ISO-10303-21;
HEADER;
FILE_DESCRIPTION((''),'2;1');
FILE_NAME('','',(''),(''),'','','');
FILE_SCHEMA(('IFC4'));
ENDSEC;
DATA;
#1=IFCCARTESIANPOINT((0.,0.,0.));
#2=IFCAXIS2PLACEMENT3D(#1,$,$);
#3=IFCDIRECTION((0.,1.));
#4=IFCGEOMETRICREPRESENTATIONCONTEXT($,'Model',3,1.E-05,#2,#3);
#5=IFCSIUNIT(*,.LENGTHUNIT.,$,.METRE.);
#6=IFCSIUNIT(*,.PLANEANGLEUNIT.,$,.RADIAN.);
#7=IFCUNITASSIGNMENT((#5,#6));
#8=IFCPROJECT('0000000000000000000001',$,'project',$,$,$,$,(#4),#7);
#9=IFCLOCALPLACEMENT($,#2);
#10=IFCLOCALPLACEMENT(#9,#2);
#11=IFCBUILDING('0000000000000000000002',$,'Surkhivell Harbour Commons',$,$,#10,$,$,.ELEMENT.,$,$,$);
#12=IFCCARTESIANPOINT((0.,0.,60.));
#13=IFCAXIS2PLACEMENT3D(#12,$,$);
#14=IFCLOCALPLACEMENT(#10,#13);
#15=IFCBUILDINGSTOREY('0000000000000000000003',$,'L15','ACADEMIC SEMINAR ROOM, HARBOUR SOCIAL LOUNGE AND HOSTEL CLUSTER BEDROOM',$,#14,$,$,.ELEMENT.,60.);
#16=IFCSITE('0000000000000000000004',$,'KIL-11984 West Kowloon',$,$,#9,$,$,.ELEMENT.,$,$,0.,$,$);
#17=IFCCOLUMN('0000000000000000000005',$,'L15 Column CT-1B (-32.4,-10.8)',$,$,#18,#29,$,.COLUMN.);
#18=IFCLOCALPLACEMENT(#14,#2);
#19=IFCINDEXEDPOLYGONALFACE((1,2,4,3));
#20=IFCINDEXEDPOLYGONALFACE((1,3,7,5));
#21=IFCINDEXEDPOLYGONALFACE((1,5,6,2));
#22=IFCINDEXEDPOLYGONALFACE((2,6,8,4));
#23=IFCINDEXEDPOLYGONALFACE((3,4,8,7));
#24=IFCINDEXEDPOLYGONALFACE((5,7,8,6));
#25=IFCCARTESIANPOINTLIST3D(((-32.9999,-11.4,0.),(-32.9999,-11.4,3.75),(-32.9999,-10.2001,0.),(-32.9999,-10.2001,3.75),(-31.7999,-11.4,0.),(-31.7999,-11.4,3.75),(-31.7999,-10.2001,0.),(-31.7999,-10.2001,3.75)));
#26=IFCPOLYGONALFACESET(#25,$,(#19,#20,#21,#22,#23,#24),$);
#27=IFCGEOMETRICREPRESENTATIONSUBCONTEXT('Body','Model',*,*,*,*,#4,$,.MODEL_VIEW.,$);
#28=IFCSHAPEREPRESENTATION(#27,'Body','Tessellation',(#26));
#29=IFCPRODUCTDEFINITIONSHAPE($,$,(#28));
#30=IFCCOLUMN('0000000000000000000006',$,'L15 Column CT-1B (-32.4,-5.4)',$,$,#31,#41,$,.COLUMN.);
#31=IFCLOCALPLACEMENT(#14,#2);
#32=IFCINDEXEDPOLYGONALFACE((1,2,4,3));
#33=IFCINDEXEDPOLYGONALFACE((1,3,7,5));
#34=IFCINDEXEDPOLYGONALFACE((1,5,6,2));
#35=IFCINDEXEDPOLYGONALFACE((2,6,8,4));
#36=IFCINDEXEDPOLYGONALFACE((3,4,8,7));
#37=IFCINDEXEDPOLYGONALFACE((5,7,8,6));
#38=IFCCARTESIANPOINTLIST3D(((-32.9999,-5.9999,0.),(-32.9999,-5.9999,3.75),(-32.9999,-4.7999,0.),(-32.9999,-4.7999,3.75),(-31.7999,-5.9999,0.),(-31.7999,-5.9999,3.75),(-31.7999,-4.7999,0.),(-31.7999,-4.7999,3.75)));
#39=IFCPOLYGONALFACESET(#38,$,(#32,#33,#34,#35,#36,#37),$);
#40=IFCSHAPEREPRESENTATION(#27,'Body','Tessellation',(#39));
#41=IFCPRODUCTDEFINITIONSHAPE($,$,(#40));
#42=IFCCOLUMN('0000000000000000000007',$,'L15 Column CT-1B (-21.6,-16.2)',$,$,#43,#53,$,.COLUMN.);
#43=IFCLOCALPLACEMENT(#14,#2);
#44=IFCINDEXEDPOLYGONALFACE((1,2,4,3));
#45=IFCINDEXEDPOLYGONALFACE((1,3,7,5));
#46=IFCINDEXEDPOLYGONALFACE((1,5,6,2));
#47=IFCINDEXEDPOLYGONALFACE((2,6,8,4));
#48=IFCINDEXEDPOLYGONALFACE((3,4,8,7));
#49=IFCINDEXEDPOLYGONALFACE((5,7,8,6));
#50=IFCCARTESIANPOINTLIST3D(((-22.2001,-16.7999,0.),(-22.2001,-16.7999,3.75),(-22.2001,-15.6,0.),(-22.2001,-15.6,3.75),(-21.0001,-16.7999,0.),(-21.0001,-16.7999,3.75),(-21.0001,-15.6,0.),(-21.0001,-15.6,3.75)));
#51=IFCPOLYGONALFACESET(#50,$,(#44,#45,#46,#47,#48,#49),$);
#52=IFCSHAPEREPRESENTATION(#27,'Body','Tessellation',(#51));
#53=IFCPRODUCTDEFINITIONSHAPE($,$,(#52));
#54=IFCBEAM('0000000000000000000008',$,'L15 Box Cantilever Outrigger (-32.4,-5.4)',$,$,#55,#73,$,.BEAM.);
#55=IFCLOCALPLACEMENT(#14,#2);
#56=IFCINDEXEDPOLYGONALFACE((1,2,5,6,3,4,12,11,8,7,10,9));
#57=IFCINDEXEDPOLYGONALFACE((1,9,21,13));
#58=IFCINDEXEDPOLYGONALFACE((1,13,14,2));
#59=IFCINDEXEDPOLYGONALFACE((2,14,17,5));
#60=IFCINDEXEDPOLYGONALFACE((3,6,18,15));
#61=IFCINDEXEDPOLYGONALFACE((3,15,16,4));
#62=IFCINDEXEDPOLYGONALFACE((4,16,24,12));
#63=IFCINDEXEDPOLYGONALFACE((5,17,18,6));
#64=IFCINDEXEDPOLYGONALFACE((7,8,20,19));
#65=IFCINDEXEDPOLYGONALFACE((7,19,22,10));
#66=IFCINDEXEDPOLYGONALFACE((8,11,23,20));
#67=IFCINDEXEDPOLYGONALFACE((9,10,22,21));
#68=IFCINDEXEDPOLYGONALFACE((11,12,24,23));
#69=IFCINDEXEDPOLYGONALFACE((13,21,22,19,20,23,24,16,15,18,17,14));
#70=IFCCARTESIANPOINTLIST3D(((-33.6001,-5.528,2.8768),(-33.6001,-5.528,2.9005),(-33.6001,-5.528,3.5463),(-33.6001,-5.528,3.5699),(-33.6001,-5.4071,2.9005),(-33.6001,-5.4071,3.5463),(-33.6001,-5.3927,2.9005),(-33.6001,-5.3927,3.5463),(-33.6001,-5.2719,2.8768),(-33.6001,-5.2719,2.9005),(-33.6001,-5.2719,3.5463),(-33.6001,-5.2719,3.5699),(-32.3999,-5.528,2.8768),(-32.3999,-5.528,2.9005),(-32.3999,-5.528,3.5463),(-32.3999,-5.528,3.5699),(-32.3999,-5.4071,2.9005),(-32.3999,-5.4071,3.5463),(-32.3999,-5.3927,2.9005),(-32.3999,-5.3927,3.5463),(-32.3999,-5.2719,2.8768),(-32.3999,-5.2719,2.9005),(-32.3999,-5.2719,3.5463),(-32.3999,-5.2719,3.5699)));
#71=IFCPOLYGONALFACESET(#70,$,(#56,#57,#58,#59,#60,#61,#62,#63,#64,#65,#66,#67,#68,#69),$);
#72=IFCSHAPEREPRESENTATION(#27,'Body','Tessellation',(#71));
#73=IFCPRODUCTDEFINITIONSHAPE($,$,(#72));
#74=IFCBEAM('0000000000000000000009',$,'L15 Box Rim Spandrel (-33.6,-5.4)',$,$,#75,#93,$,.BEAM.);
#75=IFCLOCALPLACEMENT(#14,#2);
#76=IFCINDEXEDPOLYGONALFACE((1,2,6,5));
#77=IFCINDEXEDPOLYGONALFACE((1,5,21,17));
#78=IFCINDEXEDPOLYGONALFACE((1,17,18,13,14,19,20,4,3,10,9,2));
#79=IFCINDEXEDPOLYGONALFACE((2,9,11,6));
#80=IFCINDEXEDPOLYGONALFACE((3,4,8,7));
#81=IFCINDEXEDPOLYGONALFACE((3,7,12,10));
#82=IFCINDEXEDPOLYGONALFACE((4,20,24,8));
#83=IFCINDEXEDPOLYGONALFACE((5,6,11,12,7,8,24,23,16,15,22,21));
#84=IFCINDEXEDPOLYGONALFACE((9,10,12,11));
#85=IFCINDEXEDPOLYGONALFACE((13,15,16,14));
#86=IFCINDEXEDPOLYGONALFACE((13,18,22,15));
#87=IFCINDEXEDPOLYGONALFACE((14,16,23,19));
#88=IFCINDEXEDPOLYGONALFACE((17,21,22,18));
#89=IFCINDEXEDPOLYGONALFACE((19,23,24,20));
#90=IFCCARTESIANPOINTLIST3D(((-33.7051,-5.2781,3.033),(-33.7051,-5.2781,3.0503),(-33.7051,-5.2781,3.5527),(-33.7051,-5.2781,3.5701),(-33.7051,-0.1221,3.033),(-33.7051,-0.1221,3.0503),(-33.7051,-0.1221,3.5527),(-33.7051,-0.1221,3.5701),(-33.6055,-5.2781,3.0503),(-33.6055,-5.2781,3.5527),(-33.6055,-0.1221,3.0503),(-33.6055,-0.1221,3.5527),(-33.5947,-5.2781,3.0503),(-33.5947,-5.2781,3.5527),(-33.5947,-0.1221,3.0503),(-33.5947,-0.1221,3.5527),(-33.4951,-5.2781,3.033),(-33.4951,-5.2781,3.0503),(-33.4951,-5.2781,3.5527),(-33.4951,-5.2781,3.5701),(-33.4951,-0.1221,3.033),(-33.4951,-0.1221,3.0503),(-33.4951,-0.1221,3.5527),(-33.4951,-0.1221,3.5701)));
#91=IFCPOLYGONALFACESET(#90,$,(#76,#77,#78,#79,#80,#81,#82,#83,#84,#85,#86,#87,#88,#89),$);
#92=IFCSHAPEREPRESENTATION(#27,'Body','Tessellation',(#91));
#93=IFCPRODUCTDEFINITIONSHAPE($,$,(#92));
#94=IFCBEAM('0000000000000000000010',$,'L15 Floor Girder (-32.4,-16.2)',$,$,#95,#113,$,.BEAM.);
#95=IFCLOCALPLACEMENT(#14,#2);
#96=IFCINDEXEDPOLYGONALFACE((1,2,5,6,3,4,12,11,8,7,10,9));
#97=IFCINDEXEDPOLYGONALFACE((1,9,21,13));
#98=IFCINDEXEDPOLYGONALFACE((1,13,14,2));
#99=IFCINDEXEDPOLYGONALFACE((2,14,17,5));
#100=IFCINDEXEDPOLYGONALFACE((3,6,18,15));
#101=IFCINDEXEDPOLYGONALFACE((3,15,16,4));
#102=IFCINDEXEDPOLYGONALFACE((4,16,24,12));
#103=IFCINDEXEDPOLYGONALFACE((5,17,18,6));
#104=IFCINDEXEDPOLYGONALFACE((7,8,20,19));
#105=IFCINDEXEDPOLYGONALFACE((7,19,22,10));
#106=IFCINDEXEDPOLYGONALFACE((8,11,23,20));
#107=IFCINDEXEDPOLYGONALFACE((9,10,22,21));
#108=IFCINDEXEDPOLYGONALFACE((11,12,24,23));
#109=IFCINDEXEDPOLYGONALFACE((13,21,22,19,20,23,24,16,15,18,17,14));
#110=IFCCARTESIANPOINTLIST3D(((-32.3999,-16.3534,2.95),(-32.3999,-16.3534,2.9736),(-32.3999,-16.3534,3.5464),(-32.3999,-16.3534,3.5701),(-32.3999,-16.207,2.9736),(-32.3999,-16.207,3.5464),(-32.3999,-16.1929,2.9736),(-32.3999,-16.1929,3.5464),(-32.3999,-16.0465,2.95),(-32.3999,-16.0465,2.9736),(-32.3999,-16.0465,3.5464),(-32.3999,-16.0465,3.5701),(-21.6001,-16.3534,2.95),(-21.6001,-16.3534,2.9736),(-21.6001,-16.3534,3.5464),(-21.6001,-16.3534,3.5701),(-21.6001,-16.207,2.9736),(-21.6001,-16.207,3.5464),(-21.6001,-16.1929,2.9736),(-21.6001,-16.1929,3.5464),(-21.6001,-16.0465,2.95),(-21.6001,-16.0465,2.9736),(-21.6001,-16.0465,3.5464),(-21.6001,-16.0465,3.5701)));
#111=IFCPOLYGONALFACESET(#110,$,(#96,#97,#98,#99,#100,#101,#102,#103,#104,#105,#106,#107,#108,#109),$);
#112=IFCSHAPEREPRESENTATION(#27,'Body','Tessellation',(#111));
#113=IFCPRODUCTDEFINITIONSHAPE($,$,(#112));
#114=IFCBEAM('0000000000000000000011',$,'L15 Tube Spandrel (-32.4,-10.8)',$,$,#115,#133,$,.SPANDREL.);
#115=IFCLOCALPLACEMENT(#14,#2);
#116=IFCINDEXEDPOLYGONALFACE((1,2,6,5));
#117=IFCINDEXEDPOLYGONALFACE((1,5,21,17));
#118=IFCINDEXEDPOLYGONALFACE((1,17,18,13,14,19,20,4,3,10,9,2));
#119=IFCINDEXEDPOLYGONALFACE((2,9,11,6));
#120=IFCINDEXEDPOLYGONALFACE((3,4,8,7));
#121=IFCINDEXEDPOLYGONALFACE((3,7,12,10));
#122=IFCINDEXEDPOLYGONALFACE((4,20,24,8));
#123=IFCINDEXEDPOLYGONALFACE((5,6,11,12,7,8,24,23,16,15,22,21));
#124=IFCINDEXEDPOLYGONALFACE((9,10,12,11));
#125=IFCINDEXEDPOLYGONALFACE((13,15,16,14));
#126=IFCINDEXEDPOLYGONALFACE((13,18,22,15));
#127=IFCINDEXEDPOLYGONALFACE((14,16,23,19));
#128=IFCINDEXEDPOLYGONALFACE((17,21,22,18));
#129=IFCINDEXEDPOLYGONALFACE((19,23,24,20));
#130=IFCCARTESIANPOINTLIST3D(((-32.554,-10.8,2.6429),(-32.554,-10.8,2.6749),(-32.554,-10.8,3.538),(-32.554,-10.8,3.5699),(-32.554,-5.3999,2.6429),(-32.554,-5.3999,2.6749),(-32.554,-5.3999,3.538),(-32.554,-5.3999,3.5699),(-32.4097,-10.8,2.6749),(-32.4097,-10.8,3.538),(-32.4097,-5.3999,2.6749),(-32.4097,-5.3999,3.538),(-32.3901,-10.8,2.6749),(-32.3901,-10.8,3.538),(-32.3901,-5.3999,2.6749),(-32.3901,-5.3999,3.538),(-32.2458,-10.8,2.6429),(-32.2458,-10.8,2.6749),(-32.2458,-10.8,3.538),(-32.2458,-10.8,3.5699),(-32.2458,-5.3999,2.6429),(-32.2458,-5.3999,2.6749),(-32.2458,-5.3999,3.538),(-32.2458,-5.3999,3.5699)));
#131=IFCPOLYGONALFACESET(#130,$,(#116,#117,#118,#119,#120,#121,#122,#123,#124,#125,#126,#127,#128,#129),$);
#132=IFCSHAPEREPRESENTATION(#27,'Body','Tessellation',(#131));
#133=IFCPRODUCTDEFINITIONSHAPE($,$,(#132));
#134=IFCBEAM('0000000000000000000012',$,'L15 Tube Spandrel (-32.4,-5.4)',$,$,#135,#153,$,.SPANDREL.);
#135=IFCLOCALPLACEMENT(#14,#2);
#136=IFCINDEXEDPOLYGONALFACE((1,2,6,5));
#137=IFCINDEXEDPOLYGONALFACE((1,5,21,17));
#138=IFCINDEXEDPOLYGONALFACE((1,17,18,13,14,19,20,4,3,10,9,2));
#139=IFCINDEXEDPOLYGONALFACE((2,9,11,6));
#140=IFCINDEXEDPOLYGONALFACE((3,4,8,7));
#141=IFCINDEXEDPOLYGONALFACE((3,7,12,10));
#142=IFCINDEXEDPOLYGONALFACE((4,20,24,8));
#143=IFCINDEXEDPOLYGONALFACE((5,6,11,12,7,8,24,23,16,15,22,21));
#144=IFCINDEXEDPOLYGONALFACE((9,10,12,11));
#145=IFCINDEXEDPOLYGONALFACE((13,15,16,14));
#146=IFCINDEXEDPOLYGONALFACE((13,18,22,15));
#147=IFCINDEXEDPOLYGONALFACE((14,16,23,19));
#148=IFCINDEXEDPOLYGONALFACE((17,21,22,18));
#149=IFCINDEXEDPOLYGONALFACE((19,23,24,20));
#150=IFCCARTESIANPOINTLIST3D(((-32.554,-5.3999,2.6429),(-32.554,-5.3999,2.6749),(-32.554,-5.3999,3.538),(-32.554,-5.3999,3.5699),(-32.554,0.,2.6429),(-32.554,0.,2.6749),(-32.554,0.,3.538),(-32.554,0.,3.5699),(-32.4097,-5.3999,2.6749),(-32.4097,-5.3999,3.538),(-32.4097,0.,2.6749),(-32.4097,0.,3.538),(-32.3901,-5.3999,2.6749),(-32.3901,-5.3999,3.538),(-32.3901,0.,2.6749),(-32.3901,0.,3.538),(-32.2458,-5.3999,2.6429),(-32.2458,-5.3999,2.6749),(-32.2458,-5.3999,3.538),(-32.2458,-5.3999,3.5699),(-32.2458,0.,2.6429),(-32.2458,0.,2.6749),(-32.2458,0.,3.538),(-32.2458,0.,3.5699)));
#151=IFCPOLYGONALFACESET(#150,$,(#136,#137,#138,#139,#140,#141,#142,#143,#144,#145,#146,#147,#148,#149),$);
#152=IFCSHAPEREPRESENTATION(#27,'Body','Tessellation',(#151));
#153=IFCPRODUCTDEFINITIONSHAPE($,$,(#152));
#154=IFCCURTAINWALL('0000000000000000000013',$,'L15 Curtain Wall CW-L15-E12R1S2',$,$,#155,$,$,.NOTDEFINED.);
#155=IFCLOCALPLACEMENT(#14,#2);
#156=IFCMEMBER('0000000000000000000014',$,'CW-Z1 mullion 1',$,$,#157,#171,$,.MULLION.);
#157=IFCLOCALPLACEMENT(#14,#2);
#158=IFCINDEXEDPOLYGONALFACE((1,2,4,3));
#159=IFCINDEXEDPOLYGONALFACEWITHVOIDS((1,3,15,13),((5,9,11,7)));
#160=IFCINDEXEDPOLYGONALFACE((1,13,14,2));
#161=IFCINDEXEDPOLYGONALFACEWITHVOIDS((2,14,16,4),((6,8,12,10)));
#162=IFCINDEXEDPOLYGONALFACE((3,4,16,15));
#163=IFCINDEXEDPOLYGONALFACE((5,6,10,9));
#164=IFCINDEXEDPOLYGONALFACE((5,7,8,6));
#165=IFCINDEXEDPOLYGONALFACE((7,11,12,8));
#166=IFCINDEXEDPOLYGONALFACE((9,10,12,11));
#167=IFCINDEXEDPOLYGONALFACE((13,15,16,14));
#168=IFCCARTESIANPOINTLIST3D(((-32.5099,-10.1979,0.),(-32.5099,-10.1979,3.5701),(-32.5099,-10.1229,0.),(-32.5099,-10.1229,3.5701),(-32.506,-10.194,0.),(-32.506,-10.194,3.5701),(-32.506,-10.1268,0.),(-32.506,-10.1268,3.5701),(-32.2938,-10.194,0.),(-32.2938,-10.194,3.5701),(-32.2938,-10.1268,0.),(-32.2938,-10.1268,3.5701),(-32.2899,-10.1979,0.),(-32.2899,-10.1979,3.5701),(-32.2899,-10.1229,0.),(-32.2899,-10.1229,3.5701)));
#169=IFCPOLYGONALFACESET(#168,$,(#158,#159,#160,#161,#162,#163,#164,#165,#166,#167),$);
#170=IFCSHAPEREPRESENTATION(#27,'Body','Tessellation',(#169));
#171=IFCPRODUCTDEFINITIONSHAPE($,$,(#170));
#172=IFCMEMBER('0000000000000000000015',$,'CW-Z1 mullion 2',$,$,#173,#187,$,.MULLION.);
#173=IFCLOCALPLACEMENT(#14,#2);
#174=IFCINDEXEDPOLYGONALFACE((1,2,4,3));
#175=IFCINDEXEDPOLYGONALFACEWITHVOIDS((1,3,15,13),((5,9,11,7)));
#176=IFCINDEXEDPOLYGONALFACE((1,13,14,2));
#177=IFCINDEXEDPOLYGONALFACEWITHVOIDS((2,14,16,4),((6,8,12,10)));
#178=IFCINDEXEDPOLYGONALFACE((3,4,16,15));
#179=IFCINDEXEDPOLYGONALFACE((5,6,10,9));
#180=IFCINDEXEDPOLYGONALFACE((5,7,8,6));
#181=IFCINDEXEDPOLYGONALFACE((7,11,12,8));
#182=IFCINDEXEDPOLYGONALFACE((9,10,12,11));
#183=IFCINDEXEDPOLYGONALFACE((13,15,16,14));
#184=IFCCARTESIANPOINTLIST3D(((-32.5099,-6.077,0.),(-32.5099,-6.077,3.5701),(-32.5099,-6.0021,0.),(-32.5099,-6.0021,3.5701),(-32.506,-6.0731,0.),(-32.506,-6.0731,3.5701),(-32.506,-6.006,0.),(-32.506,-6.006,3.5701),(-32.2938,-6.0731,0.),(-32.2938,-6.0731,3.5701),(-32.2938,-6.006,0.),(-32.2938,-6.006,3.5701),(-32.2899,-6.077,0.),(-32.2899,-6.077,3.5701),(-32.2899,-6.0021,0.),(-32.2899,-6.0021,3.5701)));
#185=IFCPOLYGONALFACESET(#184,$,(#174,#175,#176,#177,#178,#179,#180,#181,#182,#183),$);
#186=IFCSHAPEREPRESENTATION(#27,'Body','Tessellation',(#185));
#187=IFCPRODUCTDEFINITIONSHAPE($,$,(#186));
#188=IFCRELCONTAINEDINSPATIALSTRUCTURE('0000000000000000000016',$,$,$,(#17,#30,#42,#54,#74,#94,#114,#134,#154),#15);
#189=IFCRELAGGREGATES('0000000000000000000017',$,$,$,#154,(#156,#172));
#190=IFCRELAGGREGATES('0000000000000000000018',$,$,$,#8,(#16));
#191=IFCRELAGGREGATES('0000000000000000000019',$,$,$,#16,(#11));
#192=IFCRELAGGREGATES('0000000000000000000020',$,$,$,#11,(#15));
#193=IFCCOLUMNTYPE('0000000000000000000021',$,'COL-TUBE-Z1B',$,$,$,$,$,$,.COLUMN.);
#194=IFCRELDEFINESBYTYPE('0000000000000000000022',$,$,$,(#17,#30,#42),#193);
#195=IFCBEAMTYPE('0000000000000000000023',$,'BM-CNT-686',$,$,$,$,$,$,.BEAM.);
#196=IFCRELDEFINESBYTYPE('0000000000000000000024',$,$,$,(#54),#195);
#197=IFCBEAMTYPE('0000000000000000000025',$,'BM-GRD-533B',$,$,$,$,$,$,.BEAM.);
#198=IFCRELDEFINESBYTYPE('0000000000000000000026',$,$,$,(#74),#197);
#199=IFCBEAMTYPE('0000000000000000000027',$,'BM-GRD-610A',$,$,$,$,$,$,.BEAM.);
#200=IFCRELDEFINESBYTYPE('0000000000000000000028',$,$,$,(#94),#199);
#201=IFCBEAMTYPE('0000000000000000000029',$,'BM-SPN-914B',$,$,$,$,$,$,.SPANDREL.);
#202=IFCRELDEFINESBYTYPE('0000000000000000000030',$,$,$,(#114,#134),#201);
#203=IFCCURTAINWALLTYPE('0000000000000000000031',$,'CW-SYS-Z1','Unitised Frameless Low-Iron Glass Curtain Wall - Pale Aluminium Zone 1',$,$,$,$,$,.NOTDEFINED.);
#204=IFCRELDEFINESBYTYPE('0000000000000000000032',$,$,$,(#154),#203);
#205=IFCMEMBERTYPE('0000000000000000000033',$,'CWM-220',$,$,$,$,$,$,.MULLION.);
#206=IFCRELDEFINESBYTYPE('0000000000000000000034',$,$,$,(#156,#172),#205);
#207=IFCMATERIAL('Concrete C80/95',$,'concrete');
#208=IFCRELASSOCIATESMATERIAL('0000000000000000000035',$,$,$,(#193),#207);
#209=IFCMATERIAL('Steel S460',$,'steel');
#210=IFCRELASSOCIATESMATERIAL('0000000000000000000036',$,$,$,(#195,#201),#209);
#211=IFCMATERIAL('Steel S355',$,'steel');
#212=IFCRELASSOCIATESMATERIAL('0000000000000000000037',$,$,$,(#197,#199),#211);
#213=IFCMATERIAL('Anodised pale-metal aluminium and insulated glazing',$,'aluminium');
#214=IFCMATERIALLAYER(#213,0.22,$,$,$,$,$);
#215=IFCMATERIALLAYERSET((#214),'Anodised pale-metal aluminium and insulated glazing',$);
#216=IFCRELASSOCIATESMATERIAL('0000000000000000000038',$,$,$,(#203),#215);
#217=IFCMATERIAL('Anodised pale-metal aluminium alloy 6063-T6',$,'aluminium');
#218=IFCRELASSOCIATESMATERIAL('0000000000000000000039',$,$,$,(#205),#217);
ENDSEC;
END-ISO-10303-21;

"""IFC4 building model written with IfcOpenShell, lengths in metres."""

from ifc_helpers import new_model, si_unit, direction, frame, origin, origin_2d, place, context, subcontext, project, spatial, rectangle, hollow_rectangle, i_section, extrude, material, layer, layer_set, material_profile, profile_set, type_object, element, aggregate, save


model = new_model("IFC4")

# Units and contexts
model_context = context("Model", 3, precision=1e-05, world=origin(), true_north=direction((0.0, 1.0)))
body_context = subcontext(model_context, "Body", "Model", "MODEL_VIEW")
ifc_project = project(units=[si_unit("LENGTHUNIT", "METRE"), si_unit("PLANEANGLEUNIT", "RADIAN")], contexts=[model_context])

# Site, building, storey
site_placement = place(None, origin())
site = spatial("IfcSite", under=ifc_project, at=site_placement, Name="KIL-11984 West Kowloon", CompositionType="ELEMENT", RefElevation=0.0)
building_placement = place(site_placement, origin())
building = spatial("IfcBuilding", under=site, at=building_placement, Name="Surkhivell Harbour Commons", CompositionType="ELEMENT")
storey_placement = place(building_placement, frame((0.0, 0.0, 60.0)))
storey = spatial("IfcBuildingStorey", under=building, at=storey_placement, Name="L15", Description="ACADEMIC SEMINAR ROOM, HARBOUR SOCIAL LOUNGE AND HOSTEL CLUSTER BEDROOM", CompositionType="ELEMENT", Elevation=60.0)

# Columns
ifc_material_1 = material(Name="Concrete C80/95", Category="concrete")
ifc_material_profile_1 = material_profile(ifc_material_1, rectangle(XDim=1.2, YDim=1.2, at=origin_2d()), Name="RC-COL-1200x1200")
ifc_profile_set_1 = profile_set([ifc_material_profile_1], Name="Concrete C80/95")
column_type = type_object("IfcColumnType", Name="COL-TUBE-Z1B", PredefinedType="COLUMN", material=ifc_profile_set_1)
for number, where, z_axis, x_axis, name in (
    (1, (-32.3999, -10.8, 0.0), (0.0, 0.0, 1.0), (1.0, 0.0, 0.0), "L15 Column CT-1B (-32.4,-10.8)"),
    (2, (-32.3999, -5.3999, 0.0), (0.0, 0.0, 1.0), (1.0, 0.0, 0.0), "L15 Column CT-1B (-32.4,-5.4)"),
    (3, (-21.6001, -16.2, 0.0), (0.0, 0.0, 1.0), (1.0, 0.0, 0.0), "L15 Column CT-1B (-21.6,-16.2)"),
):
    element("IfcColumn", number, at=place(storey_placement, frame(where, z_axis=z_axis, x_axis=x_axis)), inside=storey, type_object=column_type, Name=name, PredefinedType="COLUMN", context=body_context, shape_type="SweptSolid", body=[
        extrude(rectangle(XDim=1.2, YDim=1.2, at=origin_2d()), origin(), (0.0, 0.0, 1.0), 3.75),
    ])

# Beams
ifc_material_2 = material(Name="Steel S460", Category="steel")
ifc_material_profile_2 = material_profile(ifc_material_2, i_section(OverallWidth=0.2561, OverallDepth=0.6931, WebThickness=0.0144, FlangeThickness=0.0237, at=origin_2d()), Name="UB686x254x170")
ifc_profile_set_2 = profile_set([ifc_material_profile_2], Name="Steel S460")
beam_type_1 = type_object("IfcBeamType", Name="BM-CNT-686", PredefinedType="BEAM", material=ifc_profile_set_2)
beam_1_placement = place(storey_placement, frame((-32.3999, -5.3999, 3.2234), z_axis=(-1.0, 0.0, 0.0), x_axis=(0.0, -1.0, 0.0)))
element("IfcBeam", 4, at=beam_1_placement, inside=storey, type_object=beam_type_1, Name="L15 Box Cantilever Outrigger (-32.4,-5.4)", PredefinedType="BEAM", context=body_context, shape_type="SweptSolid", body=[
    extrude(i_section(OverallWidth=0.2561, OverallDepth=0.6931, WebThickness=0.0144, FlangeThickness=0.0237, at=origin_2d()), origin(), (0.0, 0.0, 1.0), 1.2002),
])
ifc_material_3 = material(Name="Steel S355", Category="steel")
ifc_material_profile_3 = material_profile(ifc_material_3, i_section(OverallWidth=0.21, OverallDepth=0.5371, WebThickness=0.0107, FlangeThickness=0.0173, at=origin_2d()), Name="UB533x210x101")
ifc_profile_set_3 = profile_set([ifc_material_profile_3], Name="Steel S355")
beam_type_2 = type_object("IfcBeamType", Name="BM-GRD-533B", PredefinedType="BEAM", material=ifc_profile_set_3)
beam_2_placement = place(storey_placement, frame((-33.6001, -5.2781, 3.3015), z_axis=(0.0, 1.0, 0.0), x_axis=(-1.0, 0.0, 0.0)))
element("IfcBeam", 5, at=beam_2_placement, inside=storey, type_object=beam_type_2, Name="L15 Box Rim Spandrel (-33.6,-5.4)", PredefinedType="BEAM", context=body_context, shape_type="SweptSolid", body=[
    extrude(i_section(OverallWidth=0.21, OverallDepth=0.5371, WebThickness=0.0107, FlangeThickness=0.0173, at=origin_2d()), origin(), (0.0, 0.0, 1.0), 5.156),
])
ifc_material_profile_4 = material_profile(ifc_material_3, i_section(OverallWidth=0.3069, OverallDepth=0.6201, WebThickness=0.0142, FlangeThickness=0.0237, at=origin_2d()), Name="UB610x305x179")
ifc_profile_set_4 = profile_set([ifc_material_profile_4], Name="Steel S355")
beam_type_3 = type_object("IfcBeamType", Name="BM-GRD-610A", PredefinedType="BEAM", material=ifc_profile_set_4)
beam_3_placement = place(storey_placement, frame((-32.3999, -16.2, 3.26), z_axis=(1.0, 0.0, 0.0), x_axis=(0.0, 1.0, 0.0)))
element("IfcBeam", 6, at=beam_3_placement, inside=storey, type_object=beam_type_3, Name="L15 Floor Girder (-32.4,-16.2)", PredefinedType="BEAM", context=body_context, shape_type="SweptSolid", body=[
    extrude(i_section(OverallWidth=0.3069, OverallDepth=0.6201, WebThickness=0.0142, FlangeThickness=0.0237, at=origin_2d()), origin(), (0.0, 0.0, 1.0), 10.7998),
])
ifc_material_profile_5 = material_profile(ifc_material_2, i_section(OverallWidth=0.3081, OverallDepth=0.927, WebThickness=0.0195, FlangeThickness=0.032, at=origin_2d()), Name="UB914x305x289")
ifc_profile_set_5 = profile_set([ifc_material_profile_5], Name="Steel S460")
beam_type_4 = type_object("IfcBeamType", Name="BM-SPN-914B", PredefinedType="SPANDREL", material=ifc_profile_set_5)
beam_4_placement = place(storey_placement, frame((-32.3999, -10.8, 3.1064), z_axis=(0.0, 1.0, 0.0), x_axis=(-1.0, 0.0, 0.0)))
element("IfcBeam", 7, at=beam_4_placement, inside=storey, type_object=beam_type_4, Name="L15 Tube Spandrel (-32.4,-10.8)", PredefinedType="SPANDREL", context=body_context, shape_type="SweptSolid", body=[
    extrude(i_section(OverallWidth=0.3081, OverallDepth=0.927, WebThickness=0.0195, FlangeThickness=0.032, at=origin_2d()), origin(), (0.0, 0.0, 1.0), 5.4001),
])
beam_5_placement = place(storey_placement, frame((-32.3999, -5.3999, 3.1064), z_axis=(0.0, 1.0, 0.0), x_axis=(-1.0, 0.0, 0.0)))
element("IfcBeam", 8, at=beam_5_placement, inside=storey, type_object=beam_type_4, Name="L15 Tube Spandrel (-32.4,-5.4)", PredefinedType="SPANDREL", context=body_context, shape_type="SweptSolid", body=[
    extrude(i_section(OverallWidth=0.3081, OverallDepth=0.927, WebThickness=0.0195, FlangeThickness=0.032, at=origin_2d()), origin(), (0.0, 0.0, 1.0), 5.3999),
])

# Curtain wall, members
ifc_material_4 = material(Name="Anodised pale-metal aluminium and insulated glazing", Category="aluminium")
ifc_layer_1 = layer(ifc_material_4, 0.22)
ifc_layer_set_1 = layer_set([ifc_layer_1], Name="Anodised pale-metal aluminium and insulated glazing")
curtain_wall_type = type_object("IfcCurtainWallType", Name="CW-SYS-Z1", Description="Unitised Frameless Low-Iron Glass Curtain Wall - Pale Aluminium Zone 1", PredefinedType="NOTDEFINED", material=ifc_layer_set_1)
curtain_wall_placement = place(storey_placement, origin())
curtain_wall = element("IfcCurtainWall", 9, at=curtain_wall_placement, inside=storey, type_object=curtain_wall_type, Name="L15 Curtain Wall CW-L15-E12R1S2", PredefinedType="NOTDEFINED")
ifc_material_5 = material(Name="Anodised pale-metal aluminium alloy 6063-T6", Category="aluminium")
ifc_material_profile_6 = material_profile(ifc_material_5, hollow_rectangle(XDim=0.075, YDim=0.22, WallThickness=0.0039, at=origin_2d()), Name="ALU-MULL-75x220")
ifc_profile_set_6 = profile_set([ifc_material_profile_6], Name="Anodised pale-metal aluminium alloy 6063-T6")
member_type_1 = type_object("IfcMemberType", Name="CWM-220", PredefinedType="MULLION", material=ifc_profile_set_6)
member_1_placement = place(storey_placement, frame((-32.3999, -10.1604, 0.0), z_axis=(0.0, 0.0, 1.0), x_axis=(0.0, 1.0, 0.0)))
member_1 = element("IfcMember", 10, at=member_1_placement, type_object=member_type_1, Name="CW-Z1 mullion 1", PredefinedType="MULLION", context=body_context, shape_type="SweptSolid", body=[
    extrude(hollow_rectangle(XDim=0.075, YDim=0.22, WallThickness=0.0039, at=origin_2d()), origin(), (0.0, 0.0, 1.0), 3.5701),
])
member_2_placement = place(storey_placement, frame((-32.3999, -6.0396, 0.0), z_axis=(0.0, 0.0, 1.0), x_axis=(0.0, 1.0, 0.0)))
member_2 = element("IfcMember", 11, at=member_2_placement, type_object=member_type_1, Name="CW-Z1 mullion 2", PredefinedType="MULLION", context=body_context, shape_type="SweptSolid", body=[
    extrude(hollow_rectangle(XDim=0.075, YDim=0.22, WallThickness=0.0039, at=origin_2d()), origin(), (0.0, 0.0, 1.0), 3.5701),
])

aggregate(curtain_wall, [member_1, member_2])

save(model, "model.ifc")
